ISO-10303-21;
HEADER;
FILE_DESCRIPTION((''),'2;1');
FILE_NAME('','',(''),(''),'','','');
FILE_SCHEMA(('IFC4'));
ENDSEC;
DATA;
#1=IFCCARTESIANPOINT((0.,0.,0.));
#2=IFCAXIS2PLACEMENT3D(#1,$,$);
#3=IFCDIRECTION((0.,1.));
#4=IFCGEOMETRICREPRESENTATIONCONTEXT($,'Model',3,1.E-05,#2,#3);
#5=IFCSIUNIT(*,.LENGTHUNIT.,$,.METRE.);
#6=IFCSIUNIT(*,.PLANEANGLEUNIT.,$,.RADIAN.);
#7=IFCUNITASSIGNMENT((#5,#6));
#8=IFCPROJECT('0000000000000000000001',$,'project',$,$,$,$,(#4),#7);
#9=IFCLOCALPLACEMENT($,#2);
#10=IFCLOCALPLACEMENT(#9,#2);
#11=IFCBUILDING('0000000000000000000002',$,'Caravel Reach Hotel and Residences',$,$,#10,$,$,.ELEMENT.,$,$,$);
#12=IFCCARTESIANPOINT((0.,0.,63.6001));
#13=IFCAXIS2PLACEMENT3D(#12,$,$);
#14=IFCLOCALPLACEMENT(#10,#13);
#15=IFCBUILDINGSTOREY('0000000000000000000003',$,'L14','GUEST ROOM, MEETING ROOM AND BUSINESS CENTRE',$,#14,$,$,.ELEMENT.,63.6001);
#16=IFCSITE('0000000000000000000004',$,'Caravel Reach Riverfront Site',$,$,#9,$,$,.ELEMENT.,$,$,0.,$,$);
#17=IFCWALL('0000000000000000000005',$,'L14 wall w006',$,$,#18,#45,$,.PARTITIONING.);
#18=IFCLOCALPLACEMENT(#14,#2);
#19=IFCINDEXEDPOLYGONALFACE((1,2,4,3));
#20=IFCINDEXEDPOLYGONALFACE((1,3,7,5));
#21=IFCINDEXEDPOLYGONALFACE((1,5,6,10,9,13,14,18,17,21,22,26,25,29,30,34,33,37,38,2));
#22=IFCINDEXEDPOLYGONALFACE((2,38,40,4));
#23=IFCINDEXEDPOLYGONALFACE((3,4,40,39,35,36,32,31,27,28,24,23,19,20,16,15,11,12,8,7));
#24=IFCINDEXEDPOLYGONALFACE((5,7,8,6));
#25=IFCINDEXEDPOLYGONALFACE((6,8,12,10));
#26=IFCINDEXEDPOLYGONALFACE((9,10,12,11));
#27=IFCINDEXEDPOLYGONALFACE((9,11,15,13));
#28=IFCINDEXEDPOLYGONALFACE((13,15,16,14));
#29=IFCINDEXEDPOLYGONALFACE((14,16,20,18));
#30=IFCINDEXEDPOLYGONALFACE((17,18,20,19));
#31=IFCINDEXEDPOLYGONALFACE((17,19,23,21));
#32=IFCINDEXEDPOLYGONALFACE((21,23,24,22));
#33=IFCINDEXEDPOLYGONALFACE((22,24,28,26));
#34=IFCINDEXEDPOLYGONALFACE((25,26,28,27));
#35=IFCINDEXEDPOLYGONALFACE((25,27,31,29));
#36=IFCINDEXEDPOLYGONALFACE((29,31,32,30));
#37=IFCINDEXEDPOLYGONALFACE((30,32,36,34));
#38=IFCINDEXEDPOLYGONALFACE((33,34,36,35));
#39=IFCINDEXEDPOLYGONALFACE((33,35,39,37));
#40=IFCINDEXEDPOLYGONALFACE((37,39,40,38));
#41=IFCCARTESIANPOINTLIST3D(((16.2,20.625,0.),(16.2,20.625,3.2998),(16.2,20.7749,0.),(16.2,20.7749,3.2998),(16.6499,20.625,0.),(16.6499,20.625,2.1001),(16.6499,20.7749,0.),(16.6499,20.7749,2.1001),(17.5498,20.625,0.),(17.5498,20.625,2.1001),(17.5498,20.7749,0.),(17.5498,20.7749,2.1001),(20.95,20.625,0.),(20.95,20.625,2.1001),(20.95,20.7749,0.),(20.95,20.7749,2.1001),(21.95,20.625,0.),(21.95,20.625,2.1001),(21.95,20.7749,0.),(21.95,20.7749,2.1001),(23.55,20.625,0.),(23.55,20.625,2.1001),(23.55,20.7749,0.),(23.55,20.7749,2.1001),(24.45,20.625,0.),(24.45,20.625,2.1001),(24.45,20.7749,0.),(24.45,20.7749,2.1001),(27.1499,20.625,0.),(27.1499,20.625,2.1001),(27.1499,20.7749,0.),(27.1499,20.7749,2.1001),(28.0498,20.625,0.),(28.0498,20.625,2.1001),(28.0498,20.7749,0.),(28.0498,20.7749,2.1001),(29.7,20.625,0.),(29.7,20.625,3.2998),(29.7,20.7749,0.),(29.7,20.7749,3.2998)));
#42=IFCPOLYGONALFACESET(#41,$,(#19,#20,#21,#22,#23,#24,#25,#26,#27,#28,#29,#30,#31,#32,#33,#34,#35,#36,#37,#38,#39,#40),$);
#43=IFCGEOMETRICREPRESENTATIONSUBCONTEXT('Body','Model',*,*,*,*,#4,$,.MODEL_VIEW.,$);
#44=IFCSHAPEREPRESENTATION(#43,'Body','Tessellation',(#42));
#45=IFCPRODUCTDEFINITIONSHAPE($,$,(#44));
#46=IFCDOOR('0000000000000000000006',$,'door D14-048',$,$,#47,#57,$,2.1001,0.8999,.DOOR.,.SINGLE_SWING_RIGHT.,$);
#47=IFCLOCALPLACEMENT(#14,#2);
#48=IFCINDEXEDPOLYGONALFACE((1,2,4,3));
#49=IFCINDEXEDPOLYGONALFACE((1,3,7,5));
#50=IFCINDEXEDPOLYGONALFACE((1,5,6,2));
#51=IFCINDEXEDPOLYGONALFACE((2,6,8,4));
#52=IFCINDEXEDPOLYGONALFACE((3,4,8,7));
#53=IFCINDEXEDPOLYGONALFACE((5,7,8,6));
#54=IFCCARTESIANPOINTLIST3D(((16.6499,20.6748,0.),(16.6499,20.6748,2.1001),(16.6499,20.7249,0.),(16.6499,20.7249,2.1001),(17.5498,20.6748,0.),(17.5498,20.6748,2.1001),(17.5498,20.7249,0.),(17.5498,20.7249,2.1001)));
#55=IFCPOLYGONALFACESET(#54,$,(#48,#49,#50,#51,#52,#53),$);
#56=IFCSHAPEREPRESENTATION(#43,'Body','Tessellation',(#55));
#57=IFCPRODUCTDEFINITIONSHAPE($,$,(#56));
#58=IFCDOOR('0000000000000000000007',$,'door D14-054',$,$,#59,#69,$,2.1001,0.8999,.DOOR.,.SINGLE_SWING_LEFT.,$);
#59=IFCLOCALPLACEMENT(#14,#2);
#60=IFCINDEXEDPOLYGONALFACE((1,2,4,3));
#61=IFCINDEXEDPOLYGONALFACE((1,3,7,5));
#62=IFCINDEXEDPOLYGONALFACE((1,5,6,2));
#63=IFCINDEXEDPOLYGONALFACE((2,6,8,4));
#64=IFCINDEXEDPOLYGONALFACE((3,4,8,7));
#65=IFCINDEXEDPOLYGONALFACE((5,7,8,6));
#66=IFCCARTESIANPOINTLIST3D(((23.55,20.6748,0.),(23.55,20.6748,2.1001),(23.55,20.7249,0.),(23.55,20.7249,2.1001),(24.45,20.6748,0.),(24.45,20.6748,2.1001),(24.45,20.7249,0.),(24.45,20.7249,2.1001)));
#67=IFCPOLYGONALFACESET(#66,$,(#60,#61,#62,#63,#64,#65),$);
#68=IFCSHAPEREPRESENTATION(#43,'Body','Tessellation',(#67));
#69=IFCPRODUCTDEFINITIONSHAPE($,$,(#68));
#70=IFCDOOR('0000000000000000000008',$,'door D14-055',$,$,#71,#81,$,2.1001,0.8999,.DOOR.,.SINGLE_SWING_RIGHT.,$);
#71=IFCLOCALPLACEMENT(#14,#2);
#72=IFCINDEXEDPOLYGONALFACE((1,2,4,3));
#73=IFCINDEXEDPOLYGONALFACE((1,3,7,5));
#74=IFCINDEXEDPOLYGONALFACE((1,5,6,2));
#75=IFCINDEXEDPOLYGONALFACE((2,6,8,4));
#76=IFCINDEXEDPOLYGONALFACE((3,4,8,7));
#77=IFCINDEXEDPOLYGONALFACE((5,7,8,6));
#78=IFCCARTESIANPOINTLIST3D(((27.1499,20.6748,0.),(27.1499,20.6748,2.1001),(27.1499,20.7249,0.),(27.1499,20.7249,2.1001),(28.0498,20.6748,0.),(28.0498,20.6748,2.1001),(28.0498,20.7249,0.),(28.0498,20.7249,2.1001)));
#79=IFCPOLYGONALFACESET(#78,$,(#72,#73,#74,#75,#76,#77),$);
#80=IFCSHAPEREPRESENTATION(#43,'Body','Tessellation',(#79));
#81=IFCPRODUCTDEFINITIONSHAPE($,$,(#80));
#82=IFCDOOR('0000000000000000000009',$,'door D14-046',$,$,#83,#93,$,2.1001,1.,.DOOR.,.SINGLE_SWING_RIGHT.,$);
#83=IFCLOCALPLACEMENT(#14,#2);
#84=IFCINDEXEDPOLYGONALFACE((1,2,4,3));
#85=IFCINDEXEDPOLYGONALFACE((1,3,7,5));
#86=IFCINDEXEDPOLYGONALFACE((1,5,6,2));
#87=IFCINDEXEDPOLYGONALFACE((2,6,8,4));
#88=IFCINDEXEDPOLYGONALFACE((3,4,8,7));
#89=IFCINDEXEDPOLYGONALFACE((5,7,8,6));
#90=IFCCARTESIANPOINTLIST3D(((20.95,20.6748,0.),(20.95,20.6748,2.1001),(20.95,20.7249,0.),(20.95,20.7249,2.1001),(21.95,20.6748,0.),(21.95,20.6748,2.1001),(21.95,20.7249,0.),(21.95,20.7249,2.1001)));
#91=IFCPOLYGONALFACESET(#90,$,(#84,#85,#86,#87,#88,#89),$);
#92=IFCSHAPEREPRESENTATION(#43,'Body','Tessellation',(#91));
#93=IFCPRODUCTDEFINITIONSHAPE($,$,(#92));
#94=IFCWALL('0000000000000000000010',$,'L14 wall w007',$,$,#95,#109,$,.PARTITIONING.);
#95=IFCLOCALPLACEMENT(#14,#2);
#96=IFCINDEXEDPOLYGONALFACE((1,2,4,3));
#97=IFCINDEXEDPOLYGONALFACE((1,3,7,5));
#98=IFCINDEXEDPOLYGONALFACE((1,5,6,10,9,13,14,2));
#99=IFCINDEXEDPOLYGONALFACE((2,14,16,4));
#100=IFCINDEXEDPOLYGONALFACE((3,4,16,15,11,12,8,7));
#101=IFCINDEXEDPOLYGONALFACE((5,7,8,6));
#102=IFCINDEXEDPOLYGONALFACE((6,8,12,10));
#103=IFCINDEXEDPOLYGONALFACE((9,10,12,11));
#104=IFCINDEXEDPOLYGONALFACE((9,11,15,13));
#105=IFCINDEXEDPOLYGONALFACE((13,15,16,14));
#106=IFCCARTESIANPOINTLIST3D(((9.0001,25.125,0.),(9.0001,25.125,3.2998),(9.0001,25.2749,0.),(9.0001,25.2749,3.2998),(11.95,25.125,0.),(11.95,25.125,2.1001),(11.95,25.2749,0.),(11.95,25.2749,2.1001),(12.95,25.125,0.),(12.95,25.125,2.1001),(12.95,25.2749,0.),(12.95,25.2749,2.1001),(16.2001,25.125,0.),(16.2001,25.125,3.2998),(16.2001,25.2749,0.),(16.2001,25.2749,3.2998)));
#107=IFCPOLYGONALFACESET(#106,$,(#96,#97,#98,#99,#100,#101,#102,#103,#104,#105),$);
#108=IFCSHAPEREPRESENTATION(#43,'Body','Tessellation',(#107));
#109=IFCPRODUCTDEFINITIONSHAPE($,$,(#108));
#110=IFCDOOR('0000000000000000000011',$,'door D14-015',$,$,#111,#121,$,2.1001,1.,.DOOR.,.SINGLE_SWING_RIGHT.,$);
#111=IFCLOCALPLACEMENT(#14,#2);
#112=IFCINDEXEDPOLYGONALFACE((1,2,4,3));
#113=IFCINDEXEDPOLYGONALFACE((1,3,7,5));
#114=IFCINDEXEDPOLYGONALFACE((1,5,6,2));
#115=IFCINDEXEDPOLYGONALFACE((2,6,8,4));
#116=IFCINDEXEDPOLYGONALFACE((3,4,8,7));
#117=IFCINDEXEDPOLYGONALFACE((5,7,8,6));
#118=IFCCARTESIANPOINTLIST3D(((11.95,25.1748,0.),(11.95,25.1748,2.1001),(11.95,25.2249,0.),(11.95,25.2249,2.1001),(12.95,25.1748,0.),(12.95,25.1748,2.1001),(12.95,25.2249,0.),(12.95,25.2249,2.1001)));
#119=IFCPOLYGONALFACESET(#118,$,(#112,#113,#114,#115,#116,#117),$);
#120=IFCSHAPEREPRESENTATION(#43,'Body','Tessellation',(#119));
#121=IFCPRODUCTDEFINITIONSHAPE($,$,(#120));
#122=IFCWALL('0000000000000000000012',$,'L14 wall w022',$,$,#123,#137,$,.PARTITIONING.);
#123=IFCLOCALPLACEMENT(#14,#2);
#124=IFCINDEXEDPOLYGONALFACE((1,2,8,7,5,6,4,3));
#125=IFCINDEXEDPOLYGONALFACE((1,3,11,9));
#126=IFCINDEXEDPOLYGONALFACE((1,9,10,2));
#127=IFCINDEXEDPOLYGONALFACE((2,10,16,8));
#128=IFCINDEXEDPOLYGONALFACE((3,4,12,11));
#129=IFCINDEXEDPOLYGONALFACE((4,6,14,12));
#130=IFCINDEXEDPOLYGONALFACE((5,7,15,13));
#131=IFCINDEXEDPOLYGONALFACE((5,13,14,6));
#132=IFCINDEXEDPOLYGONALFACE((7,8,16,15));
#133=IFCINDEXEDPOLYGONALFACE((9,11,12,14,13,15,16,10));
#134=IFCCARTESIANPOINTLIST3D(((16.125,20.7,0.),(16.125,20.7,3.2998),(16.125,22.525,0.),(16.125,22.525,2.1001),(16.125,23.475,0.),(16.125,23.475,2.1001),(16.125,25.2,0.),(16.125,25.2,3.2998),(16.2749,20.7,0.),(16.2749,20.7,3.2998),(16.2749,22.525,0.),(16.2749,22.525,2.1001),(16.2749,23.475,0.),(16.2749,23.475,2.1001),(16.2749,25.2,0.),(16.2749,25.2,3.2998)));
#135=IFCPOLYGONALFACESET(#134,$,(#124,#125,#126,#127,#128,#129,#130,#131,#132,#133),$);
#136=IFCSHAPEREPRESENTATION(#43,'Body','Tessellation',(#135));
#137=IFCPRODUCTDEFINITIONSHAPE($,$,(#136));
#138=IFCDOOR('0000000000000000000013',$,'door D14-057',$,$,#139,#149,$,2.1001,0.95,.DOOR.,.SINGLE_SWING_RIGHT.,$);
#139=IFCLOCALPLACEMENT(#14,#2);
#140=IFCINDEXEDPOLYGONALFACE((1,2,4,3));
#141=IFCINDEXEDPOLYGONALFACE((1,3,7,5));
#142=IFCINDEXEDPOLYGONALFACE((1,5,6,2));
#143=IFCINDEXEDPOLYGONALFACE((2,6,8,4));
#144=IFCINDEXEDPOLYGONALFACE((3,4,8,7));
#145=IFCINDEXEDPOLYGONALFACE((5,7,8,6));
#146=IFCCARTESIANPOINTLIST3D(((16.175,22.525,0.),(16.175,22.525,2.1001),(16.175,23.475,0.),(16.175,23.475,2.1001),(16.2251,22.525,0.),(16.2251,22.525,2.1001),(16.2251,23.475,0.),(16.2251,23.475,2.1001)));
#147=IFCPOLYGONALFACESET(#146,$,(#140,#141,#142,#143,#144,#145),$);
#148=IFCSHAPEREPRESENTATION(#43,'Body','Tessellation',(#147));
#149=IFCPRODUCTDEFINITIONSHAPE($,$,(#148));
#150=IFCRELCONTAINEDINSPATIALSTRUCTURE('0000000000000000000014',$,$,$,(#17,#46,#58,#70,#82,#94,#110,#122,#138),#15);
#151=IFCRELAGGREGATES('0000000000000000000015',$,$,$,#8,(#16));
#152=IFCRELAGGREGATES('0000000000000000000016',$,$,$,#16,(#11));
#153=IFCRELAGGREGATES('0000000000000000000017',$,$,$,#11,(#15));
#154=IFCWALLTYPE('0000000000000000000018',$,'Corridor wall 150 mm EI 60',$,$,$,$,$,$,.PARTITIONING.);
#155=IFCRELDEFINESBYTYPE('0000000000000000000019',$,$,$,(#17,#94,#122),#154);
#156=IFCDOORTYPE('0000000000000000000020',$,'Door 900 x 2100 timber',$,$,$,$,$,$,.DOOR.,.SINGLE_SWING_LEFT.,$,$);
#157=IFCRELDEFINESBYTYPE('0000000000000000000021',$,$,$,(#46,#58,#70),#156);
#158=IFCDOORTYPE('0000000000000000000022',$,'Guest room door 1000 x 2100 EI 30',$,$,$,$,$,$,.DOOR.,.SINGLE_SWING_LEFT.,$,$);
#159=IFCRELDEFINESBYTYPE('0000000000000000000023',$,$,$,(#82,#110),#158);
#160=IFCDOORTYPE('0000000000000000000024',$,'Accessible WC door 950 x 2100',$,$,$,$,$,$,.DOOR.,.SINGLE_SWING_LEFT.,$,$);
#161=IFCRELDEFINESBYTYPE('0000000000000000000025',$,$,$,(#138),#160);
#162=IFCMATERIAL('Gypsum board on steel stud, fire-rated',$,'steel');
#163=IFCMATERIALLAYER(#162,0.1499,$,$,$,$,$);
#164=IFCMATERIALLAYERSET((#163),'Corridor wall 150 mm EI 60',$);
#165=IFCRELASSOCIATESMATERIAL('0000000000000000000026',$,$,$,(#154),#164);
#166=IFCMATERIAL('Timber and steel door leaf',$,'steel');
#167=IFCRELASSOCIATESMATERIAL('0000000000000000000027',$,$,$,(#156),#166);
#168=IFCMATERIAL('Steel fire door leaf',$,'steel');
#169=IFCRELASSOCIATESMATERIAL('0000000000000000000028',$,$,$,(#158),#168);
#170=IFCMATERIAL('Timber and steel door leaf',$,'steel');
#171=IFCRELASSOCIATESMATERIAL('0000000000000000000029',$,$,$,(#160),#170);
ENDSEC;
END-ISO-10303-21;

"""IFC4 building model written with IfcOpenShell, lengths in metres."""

from ifc_helpers import new_model, si_unit, direction, frame, frame_2d, origin, place, context, subcontext, project, spatial, rectangle, extrude, material, layer, layer_set, type_object, element, fill, save


model = new_model("IFC4")

# Units and contexts
model_context = context("Model", 3, precision=1e-05, world=origin(), true_north=direction((0.0, 1.0)))
body_context = subcontext(model_context, "Body", "Model", "MODEL_VIEW")
ifc_project = project(units=[si_unit("LENGTHUNIT", "METRE"), si_unit("PLANEANGLEUNIT", "RADIAN")], contexts=[model_context])

# Site, building, storey
site_placement = place(None, origin())
site = spatial("IfcSite", under=ifc_project, at=site_placement, Name="Caravel Reach Riverfront Site", CompositionType="ELEMENT", RefElevation=0.0)
building_placement = place(site_placement, origin())
building = spatial("IfcBuilding", under=site, at=building_placement, Name="Caravel Reach Hotel and Residences", CompositionType="ELEMENT")
storey_placement = place(building_placement, frame((0.0, 0.0, 63.6001)))
storey = spatial("IfcBuildingStorey", under=building, at=storey_placement, Name="L14", Description="GUEST ROOM, MEETING ROOM AND BUSINESS CENTRE", CompositionType="ELEMENT", Elevation=63.6001)

# Wall, openings, doors
ifc_material_1 = material(Name="Gypsum board on steel stud, fire-rated", Category="steel")
ifc_layer_1 = layer(ifc_material_1, 0.1499)
ifc_layer_set_1 = layer_set([ifc_layer_1], Name="Corridor wall 150 mm EI 60")
wall_type_1 = type_object("IfcWallType", Name="Corridor wall 150 mm EI 60", PredefinedType="PARTITIONING", material=ifc_layer_set_1)
wall_1_placement = place(storey_placement, frame((16.2, 20.7, 0.0), z_axis=(0.0, 0.0, 1.0), x_axis=(1.0, 0.0, 0.0)))
wall_1 = element("IfcWall", 1, at=wall_1_placement, inside=storey, type_object=wall_type_1, Name="L14 wall w006", PredefinedType="PARTITIONING", context=body_context, shape_type="SweptSolid", body=[
    extrude(rectangle(XDim=13.5, YDim=0.1499, at=frame_2d((6.75, 0.0))), origin(), (0.0, 0.0, 1.0), 3.2998),
])
opening_1_placement = place(wall_1_placement, frame((4.75, 0.0, 0.0)))
opening_1 = element("IfcOpeningElement", 2, at=opening_1_placement, cuts=wall_1, PredefinedType="OPENING", context=body_context, shape_type="SweptSolid", body=[
    extrude(rectangle(XDim=1.0, YDim=2.1001, at=frame_2d((0.5, 1.05))), frame((0.0, 0.085, 0.0), z_axis=(0.0, -1.0, 0.0), x_axis=(1.0, 0.0, 0.0)), (0.0, 0.0, 1.0), 0.1699),
])
opening_2_placement = place(wall_1_placement, frame((0.45, 0.0, 0.0)))
opening_2 = element("IfcOpeningElement", 3, at=opening_2_placement, cuts=wall_1, PredefinedType="OPENING", context=body_context, shape_type="SweptSolid", body=[
    extrude(rectangle(XDim=0.8999, YDim=2.1001, at=frame_2d((0.45, 1.05))), frame((0.0, 0.085, 0.0), z_axis=(0.0, -1.0, 0.0), x_axis=(1.0, 0.0, 0.0)), (0.0, 0.0, 1.0), 0.1699),
])
opening_3_placement = place(wall_1_placement, frame((7.3501, 0.0, 0.0)))
opening_3 = element("IfcOpeningElement", 4, at=opening_3_placement, cuts=wall_1, PredefinedType="OPENING", context=body_context, shape_type="SweptSolid", body=[
    extrude(rectangle(XDim=0.8999, YDim=2.1001, at=frame_2d((0.45, 1.05))), frame((0.0, 0.085, 0.0), z_axis=(0.0, -1.0, 0.0), x_axis=(1.0, 0.0, 0.0)), (0.0, 0.0, 1.0), 0.1699),
])
opening_4_placement = place(wall_1_placement, frame((10.95, 0.0, 0.0)))
opening_4 = element("IfcOpeningElement", 5, at=opening_4_placement, cuts=wall_1, PredefinedType="OPENING", context=body_context, shape_type="SweptSolid", body=[
    extrude(rectangle(XDim=0.8999, YDim=2.1001, at=frame_2d((0.45, 1.05))), frame((0.0, 0.085, 0.0), z_axis=(0.0, -1.0, 0.0), x_axis=(1.0, 0.0, 0.0)), (0.0, 0.0, 1.0), 0.1699),
])
ifc_material_2 = material(Name="Timber and steel door leaf", Category="steel")
door_type_1 = type_object("IfcDoorType", Name="Door 900 x 2100 timber", OperationType="SINGLE_SWING_LEFT", PredefinedType="DOOR", material=ifc_material_2)
door_1_placement = place(opening_2_placement, origin())
door_1 = element("IfcDoor", 6, at=door_1_placement, inside=storey, type_object=door_type_1, Name="door D14-048", OperationType="SINGLE_SWING_RIGHT", OverallHeight=2.1001, OverallWidth=0.8999, PredefinedType="DOOR", context=body_context, shape_type="SweptSolid", body=[
    extrude(rectangle(XDim=0.8999, YDim=2.1001, at=frame_2d((0.45, 1.05))), frame((0.0, 0.0249, 0.0), z_axis=(0.0, -1.0, 0.0), x_axis=(1.0, 0.0, 0.0)), (0.0, 0.0, 1.0), 0.05),
])
fill(opening_2, door_1)
door_2_placement = place(opening_3_placement, origin())
door_2 = element("IfcDoor", 7, at=door_2_placement, inside=storey, type_object=door_type_1, Name="door D14-054", OperationType="SINGLE_SWING_LEFT", OverallHeight=2.1001, OverallWidth=0.8999, PredefinedType="DOOR", context=body_context, shape_type="SweptSolid", body=[
    extrude(rectangle(XDim=0.8999, YDim=2.1001, at=frame_2d((0.45, 1.05))), frame((0.0, 0.0249, 0.0), z_axis=(0.0, -1.0, 0.0), x_axis=(1.0, 0.0, 0.0)), (0.0, 0.0, 1.0), 0.05),
])
fill(opening_3, door_2)
door_3_placement = place(opening_4_placement, origin())
door_3 = element("IfcDoor", 8, at=door_3_placement, inside=storey, type_object=door_type_1, Name="door D14-055", OperationType="SINGLE_SWING_RIGHT", OverallHeight=2.1001, OverallWidth=0.8999, PredefinedType="DOOR", context=body_context, shape_type="SweptSolid", body=[
    extrude(rectangle(XDim=0.8999, YDim=2.1001, at=frame_2d((0.45, 1.05))), frame((0.0, 0.0249, 0.0), z_axis=(0.0, -1.0, 0.0), x_axis=(1.0, 0.0, 0.0)), (0.0, 0.0, 1.0), 0.05),
])
fill(opening_4, door_3)
ifc_material_3 = material(Name="Steel fire door leaf", Category="steel")
door_type_2 = type_object("IfcDoorType", Name="Guest room door 1000 x 2100 EI 30", OperationType="SINGLE_SWING_LEFT", PredefinedType="DOOR", material=ifc_material_3)
door_4_placement = place(opening_1_placement, origin())
door_4 = element("IfcDoor", 9, at=door_4_placement, inside=storey, type_object=door_type_2, Name="door D14-046", OperationType="SINGLE_SWING_RIGHT", OverallHeight=2.1001, OverallWidth=1.0, PredefinedType="DOOR", context=body_context, shape_type="SweptSolid", body=[
    extrude(rectangle(XDim=1.0, YDim=2.1001, at=frame_2d((0.5, 1.05))), frame((0.0, 0.0249, 0.0), z_axis=(0.0, -1.0, 0.0), x_axis=(1.0, 0.0, 0.0)), (0.0, 0.0, 1.0), 0.05),
])
fill(opening_1, door_4)

# Walls, openings, doors
wall_2_placement = place(storey_placement, frame((9.0, 25.2, 0.0), z_axis=(0.0, 0.0, 1.0), x_axis=(1.0, 0.0, 0.0)))
wall_2 = element("IfcWall", 10, at=wall_2_placement, inside=storey, type_object=wall_type_1, Name="L14 wall w007", PredefinedType="PARTITIONING", context=body_context, shape_type="SweptSolid", body=[
    extrude(rectangle(XDim=7.2, YDim=0.1499, at=frame_2d((3.6001, 0.0))), origin(), (0.0, 0.0, 1.0), 3.2998),
])
opening_5_placement = place(wall_2_placement, frame((2.95, 0.0, 0.0)))
opening_5 = element("IfcOpeningElement", 11, at=opening_5_placement, cuts=wall_2, PredefinedType="OPENING", context=body_context, shape_type="SweptSolid", body=[
    extrude(rectangle(XDim=1.0, YDim=2.1001, at=frame_2d((0.5, 1.05))), frame((0.0, 0.085, 0.0), z_axis=(0.0, -1.0, 0.0), x_axis=(1.0, 0.0, 0.0)), (0.0, 0.0, 1.0), 0.1699),
])
door_5_placement = place(opening_5_placement, origin())
door_5 = element("IfcDoor", 12, at=door_5_placement, inside=storey, type_object=door_type_2, Name="door D14-015", OperationType="SINGLE_SWING_RIGHT", OverallHeight=2.1001, OverallWidth=1.0, PredefinedType="DOOR", context=body_context, shape_type="SweptSolid", body=[
    extrude(rectangle(XDim=1.0, YDim=2.1001, at=frame_2d((0.5, 1.05))), frame((0.0, 0.0249, 0.0), z_axis=(0.0, -1.0, 0.0), x_axis=(1.0, 0.0, 0.0)), (0.0, 0.0, 1.0), 0.05),
])
fill(opening_5, door_5)
wall_3_placement = place(storey_placement, frame((16.2, 20.7, 0.0), z_axis=(0.0, 0.0, 1.0), x_axis=(0.0, 1.0, 0.0)))
wall_3 = element("IfcWall", 13, at=wall_3_placement, inside=storey, type_object=wall_type_1, Name="L14 wall w022", PredefinedType="PARTITIONING", context=body_context, shape_type="SweptSolid", body=[
    extrude(rectangle(XDim=4.5, YDim=0.1499, at=frame_2d((2.25, 0.0))), origin(), (0.0, 0.0, 1.0), 3.2998),
])
opening_6_placement = place(wall_3_placement, frame((1.825, 0.0, 0.0)))
opening_6 = element("IfcOpeningElement", 14, at=opening_6_placement, cuts=wall_3, PredefinedType="OPENING", context=body_context, shape_type="SweptSolid", body=[
    extrude(rectangle(XDim=0.95, YDim=2.1001, at=frame_2d((0.4751, 1.05))), frame((0.0, 0.085, 0.0), z_axis=(0.0, -1.0, 0.0), x_axis=(1.0, 0.0, 0.0)), (0.0, 0.0, 1.0), 0.1699),
])
ifc_material_4 = material(Name="Timber and steel door leaf", Category="steel")
door_type_3 = type_object("IfcDoorType", Name="Accessible WC door 950 x 2100", OperationType="SINGLE_SWING_LEFT", PredefinedType="DOOR", material=ifc_material_4)
door_6_placement = place(opening_6_placement, origin())
door_6 = element("IfcDoor", 15, at=door_6_placement, inside=storey, type_object=door_type_3, Name="door D14-057", OperationType="SINGLE_SWING_RIGHT", OverallHeight=2.1001, OverallWidth=0.95, PredefinedType="DOOR", context=body_context, shape_type="SweptSolid", body=[
    extrude(rectangle(XDim=0.95, YDim=2.1001, at=frame_2d((0.4751, 1.05))), frame((0.0, 0.0249, 0.0), z_axis=(0.0, -1.0, 0.0), x_axis=(1.0, 0.0, 0.0)), (0.0, 0.0, 1.0), 0.05),
])
fill(opening_6, door_6)

save(model, "model.ifc")
